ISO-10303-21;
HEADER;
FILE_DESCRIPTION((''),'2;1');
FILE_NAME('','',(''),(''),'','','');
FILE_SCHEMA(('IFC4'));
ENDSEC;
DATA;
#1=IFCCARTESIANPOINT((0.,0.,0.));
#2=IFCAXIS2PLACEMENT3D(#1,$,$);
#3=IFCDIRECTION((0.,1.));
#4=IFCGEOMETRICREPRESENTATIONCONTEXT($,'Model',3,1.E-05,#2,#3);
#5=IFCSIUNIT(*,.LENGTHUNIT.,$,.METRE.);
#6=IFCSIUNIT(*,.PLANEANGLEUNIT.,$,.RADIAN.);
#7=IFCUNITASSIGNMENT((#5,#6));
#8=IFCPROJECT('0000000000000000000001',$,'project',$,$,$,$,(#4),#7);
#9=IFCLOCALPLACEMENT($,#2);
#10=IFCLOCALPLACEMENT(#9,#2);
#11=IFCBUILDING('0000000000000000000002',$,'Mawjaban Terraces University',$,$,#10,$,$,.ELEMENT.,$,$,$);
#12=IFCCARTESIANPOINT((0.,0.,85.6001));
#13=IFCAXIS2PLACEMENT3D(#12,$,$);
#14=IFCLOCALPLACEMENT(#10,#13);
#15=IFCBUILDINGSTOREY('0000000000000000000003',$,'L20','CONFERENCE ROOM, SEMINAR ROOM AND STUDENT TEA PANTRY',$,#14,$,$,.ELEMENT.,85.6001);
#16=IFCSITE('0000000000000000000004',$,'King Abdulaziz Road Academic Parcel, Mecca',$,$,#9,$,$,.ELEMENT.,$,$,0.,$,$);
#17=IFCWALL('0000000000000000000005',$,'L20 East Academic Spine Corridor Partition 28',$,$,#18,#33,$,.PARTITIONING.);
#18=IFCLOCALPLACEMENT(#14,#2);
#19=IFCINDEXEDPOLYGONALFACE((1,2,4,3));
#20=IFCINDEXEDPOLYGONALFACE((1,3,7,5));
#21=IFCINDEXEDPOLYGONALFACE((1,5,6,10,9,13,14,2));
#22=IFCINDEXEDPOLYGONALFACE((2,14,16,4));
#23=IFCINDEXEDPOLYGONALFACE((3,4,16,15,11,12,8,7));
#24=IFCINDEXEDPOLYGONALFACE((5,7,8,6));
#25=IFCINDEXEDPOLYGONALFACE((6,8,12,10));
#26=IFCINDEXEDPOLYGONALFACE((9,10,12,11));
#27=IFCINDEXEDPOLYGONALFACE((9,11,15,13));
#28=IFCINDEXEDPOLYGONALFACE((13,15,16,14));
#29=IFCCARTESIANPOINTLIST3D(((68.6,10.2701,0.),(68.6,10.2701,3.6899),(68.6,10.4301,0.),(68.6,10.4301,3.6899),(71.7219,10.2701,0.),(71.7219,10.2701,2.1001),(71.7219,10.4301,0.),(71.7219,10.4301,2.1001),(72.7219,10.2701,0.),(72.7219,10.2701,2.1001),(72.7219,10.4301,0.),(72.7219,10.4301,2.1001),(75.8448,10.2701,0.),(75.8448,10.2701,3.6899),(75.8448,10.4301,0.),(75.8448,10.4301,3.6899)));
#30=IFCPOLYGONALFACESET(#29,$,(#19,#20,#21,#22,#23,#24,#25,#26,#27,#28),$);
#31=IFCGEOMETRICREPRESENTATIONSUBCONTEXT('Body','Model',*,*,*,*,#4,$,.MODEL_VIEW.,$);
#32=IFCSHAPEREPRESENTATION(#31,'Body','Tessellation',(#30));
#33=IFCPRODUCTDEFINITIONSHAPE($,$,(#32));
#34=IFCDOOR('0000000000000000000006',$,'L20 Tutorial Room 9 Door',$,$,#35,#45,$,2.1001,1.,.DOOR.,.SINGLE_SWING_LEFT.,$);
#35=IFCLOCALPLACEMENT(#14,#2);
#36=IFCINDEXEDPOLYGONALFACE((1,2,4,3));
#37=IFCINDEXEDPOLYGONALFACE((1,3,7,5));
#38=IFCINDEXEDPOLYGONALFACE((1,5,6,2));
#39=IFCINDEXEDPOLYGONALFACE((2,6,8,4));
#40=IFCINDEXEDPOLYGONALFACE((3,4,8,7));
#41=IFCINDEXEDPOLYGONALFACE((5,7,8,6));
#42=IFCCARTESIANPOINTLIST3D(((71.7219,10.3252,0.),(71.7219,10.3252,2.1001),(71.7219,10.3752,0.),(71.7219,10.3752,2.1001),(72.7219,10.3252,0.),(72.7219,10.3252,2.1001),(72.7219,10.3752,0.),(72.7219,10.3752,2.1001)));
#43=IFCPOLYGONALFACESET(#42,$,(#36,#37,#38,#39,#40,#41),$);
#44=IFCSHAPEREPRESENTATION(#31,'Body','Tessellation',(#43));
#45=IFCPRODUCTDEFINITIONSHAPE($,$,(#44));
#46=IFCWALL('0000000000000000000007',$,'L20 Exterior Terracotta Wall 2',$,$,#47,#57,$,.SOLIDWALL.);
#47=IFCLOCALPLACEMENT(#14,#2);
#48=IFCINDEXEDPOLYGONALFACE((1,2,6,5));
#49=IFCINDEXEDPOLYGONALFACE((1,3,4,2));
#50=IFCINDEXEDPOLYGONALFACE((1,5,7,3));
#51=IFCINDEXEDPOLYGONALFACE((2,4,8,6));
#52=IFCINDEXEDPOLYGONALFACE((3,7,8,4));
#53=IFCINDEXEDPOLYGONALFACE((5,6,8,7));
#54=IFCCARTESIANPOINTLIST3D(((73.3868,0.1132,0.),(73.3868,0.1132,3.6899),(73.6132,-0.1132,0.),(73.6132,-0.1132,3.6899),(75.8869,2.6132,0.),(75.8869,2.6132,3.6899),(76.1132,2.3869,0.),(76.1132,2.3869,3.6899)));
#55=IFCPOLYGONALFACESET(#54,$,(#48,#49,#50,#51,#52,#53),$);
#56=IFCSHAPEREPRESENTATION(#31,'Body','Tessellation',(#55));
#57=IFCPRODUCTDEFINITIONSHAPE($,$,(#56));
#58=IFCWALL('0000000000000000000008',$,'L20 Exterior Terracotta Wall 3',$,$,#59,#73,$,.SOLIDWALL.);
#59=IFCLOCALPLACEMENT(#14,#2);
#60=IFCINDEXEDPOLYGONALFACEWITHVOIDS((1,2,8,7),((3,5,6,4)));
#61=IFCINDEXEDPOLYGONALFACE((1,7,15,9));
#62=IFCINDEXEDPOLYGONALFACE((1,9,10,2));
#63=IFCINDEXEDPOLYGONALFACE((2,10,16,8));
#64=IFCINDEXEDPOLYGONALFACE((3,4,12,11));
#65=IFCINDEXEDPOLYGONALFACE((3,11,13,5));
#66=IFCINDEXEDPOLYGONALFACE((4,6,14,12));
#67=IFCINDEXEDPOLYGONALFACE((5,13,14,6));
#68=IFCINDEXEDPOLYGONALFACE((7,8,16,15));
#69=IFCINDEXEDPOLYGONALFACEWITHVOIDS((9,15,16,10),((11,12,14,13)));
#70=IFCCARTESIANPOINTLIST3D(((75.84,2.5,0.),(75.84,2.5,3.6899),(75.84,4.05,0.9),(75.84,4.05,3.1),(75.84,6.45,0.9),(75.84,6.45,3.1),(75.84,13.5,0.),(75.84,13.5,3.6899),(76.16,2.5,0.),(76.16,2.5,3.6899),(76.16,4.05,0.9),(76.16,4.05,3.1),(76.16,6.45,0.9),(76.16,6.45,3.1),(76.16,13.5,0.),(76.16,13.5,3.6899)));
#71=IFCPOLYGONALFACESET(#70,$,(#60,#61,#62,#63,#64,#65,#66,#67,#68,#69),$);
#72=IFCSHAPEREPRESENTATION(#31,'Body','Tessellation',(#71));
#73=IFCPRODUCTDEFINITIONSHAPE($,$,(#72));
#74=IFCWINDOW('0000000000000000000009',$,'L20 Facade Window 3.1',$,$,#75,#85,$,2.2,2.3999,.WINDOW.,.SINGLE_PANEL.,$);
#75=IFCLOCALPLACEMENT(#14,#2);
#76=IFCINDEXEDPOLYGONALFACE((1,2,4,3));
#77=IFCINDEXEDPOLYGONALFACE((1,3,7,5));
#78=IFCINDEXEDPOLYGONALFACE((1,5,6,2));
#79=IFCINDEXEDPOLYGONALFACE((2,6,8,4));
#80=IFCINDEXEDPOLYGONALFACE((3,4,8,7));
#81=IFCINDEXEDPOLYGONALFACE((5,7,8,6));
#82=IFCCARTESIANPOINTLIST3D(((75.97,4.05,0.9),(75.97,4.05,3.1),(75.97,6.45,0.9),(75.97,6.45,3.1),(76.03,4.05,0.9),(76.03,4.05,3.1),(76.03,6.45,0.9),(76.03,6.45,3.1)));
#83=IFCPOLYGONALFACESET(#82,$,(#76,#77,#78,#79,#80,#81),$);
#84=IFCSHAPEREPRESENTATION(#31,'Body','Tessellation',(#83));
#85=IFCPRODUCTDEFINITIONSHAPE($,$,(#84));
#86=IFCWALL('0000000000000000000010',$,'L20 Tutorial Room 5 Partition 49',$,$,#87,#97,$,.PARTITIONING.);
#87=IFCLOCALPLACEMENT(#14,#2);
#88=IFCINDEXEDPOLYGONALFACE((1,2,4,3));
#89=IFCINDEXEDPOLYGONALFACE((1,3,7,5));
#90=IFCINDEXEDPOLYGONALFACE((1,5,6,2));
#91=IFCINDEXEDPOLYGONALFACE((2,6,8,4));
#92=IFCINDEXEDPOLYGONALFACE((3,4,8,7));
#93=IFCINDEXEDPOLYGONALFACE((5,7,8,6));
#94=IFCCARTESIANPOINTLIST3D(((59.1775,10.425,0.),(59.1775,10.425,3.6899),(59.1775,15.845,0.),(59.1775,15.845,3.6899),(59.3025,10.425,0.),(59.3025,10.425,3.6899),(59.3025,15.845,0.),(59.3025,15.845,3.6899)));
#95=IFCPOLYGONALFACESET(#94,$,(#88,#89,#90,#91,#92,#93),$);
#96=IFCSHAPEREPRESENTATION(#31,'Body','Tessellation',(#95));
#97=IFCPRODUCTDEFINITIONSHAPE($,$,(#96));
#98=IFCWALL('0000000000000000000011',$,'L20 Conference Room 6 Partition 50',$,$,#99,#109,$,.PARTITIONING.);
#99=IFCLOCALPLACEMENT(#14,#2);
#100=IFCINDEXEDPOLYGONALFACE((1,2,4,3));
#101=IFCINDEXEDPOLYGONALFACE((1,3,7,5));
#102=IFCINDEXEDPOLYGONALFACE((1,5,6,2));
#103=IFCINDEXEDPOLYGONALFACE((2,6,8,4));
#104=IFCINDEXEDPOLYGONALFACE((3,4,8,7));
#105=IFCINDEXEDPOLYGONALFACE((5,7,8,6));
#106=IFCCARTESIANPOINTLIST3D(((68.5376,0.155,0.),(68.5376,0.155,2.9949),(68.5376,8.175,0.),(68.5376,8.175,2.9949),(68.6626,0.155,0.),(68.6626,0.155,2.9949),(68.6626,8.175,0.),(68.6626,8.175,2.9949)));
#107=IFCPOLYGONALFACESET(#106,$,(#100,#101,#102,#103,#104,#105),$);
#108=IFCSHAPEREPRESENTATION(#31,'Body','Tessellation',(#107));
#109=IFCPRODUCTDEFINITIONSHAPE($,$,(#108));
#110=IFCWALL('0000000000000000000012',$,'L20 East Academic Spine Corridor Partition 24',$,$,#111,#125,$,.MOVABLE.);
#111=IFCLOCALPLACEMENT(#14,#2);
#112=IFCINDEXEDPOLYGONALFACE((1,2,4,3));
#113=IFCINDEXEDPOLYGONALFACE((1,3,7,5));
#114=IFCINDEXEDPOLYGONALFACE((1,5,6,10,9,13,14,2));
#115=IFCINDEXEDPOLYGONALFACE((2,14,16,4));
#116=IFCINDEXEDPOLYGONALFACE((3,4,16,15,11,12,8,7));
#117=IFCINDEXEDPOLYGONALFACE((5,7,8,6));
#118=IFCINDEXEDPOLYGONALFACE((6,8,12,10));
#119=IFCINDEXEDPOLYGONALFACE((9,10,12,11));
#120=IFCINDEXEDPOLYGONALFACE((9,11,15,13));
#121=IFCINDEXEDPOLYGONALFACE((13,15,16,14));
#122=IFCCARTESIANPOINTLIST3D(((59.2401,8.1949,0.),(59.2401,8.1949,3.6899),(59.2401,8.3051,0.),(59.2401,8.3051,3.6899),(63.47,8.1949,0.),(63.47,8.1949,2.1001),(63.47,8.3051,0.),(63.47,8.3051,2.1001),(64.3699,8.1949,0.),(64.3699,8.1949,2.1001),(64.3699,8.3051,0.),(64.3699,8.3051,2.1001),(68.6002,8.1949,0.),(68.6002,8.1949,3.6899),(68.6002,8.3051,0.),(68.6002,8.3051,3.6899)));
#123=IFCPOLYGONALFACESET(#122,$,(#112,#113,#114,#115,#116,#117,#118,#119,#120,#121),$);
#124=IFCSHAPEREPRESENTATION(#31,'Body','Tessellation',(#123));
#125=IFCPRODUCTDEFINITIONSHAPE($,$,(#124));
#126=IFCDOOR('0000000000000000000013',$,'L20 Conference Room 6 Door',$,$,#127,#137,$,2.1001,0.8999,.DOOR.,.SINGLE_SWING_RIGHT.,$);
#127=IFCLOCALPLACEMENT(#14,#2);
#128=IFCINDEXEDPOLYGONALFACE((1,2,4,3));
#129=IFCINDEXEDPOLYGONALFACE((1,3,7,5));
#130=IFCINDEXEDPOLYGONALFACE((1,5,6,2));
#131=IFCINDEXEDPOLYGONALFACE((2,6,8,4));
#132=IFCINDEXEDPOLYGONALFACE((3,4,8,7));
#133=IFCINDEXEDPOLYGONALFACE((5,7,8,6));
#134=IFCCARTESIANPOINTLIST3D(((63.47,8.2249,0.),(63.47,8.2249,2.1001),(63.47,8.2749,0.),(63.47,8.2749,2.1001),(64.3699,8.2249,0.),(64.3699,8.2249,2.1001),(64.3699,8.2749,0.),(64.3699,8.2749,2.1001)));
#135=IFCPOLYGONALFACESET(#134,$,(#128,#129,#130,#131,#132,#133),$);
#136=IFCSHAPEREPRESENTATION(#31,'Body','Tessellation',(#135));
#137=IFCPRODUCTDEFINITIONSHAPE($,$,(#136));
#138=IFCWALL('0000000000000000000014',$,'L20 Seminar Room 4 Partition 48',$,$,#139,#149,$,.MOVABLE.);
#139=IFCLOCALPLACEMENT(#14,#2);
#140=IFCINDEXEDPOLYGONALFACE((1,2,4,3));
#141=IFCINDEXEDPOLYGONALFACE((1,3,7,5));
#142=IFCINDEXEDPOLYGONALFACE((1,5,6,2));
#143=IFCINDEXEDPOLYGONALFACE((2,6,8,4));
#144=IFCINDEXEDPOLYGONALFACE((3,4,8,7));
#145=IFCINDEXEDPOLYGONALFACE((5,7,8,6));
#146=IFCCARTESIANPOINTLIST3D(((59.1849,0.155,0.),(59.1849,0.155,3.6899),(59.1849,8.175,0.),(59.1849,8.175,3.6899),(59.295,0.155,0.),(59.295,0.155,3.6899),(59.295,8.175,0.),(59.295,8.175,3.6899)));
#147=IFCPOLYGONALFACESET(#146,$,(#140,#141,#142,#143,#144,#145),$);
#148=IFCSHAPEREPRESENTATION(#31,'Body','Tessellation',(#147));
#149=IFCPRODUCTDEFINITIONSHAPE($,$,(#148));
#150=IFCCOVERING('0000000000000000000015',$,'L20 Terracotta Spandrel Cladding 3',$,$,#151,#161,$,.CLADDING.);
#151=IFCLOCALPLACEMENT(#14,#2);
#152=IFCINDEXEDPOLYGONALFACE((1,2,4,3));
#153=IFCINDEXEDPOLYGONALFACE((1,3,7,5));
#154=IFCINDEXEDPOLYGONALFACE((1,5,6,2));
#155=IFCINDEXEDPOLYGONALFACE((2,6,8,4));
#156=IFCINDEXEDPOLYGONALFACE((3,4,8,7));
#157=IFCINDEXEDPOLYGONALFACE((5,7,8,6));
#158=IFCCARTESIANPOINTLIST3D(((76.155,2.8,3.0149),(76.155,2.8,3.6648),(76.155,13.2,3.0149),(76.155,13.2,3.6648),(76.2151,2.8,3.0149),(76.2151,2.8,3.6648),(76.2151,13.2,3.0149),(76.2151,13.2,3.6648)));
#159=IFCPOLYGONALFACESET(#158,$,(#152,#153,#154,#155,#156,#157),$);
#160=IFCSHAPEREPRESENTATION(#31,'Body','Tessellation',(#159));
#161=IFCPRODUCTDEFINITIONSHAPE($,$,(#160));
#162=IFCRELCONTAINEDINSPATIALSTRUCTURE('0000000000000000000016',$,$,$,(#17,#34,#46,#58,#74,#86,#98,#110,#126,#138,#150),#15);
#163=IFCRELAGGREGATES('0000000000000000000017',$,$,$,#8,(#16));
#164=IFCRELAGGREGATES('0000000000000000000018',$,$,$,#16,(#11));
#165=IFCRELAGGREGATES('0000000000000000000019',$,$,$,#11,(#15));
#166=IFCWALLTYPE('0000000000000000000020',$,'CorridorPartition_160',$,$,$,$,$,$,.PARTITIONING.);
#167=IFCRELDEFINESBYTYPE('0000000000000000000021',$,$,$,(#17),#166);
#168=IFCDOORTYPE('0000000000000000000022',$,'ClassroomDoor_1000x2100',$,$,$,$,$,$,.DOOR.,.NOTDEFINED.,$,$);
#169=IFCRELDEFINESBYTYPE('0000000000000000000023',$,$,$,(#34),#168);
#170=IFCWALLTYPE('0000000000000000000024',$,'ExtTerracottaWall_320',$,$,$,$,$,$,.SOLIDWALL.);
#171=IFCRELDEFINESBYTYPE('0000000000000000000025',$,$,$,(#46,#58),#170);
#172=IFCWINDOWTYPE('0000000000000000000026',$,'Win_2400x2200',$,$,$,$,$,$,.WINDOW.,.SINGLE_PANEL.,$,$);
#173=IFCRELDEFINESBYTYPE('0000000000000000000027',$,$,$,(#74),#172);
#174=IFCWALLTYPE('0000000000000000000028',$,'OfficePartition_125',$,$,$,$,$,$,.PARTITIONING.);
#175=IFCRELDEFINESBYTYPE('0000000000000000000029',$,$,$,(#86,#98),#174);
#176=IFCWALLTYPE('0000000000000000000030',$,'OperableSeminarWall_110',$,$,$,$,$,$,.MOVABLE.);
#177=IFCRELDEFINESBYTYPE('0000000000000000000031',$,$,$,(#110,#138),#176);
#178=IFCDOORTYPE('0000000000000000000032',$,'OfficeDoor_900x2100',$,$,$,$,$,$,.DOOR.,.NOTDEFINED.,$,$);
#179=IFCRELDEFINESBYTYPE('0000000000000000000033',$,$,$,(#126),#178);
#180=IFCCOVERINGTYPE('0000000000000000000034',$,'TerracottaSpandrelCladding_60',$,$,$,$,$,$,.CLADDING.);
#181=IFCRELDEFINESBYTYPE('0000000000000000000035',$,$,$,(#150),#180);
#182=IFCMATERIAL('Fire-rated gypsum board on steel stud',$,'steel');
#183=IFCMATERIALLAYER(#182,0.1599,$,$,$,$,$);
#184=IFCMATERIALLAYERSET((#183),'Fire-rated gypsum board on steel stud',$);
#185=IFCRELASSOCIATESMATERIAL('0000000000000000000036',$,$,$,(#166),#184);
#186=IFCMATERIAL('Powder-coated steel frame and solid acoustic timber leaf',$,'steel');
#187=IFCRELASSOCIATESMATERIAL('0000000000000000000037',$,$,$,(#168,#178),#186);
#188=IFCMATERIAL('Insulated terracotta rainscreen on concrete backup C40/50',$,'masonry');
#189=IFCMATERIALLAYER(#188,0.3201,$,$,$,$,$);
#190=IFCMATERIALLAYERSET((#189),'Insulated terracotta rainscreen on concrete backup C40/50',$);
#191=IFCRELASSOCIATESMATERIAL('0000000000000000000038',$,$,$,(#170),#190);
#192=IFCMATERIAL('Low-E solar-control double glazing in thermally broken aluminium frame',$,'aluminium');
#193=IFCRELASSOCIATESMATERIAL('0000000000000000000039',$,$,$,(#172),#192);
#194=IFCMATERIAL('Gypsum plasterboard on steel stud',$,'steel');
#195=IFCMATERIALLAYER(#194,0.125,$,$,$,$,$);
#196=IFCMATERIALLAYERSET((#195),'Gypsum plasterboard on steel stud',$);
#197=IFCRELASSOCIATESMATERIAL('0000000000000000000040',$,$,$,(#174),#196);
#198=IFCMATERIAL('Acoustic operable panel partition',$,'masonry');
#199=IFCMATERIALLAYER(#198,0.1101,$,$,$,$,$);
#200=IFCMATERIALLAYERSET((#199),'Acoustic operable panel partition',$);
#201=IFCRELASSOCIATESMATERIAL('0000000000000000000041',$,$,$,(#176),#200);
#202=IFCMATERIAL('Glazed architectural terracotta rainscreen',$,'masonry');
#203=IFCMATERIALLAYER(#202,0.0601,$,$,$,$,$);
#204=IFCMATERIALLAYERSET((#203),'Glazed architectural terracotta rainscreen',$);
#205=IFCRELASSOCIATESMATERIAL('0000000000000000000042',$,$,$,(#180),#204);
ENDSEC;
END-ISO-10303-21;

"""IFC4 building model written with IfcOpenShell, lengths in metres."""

from ifc_helpers import new_model, si_unit, direction, frame, frame_2d, origin, origin_2d, place, context, subcontext, project, spatial, rectangle, extrude, material, layer, layer_set, type_object, element, fill, save


model = new_model("IFC4")

# Units and contexts
model_context = context("Model", 3, precision=1e-05, world=origin(), true_north=direction((0.0, 1.0)))
body_context = subcontext(model_context, "Body", "Model", "MODEL_VIEW")
ifc_project = project(units=[si_unit("LENGTHUNIT", "METRE"), si_unit("PLANEANGLEUNIT", "RADIAN")], contexts=[model_context])

# Site, building, storey
site_placement = place(None, origin())
site = spatial("IfcSite", under=ifc_project, at=site_placement, Name="King Abdulaziz Road Academic Parcel, Mecca", CompositionType="ELEMENT", RefElevation=0.0)
building_placement = place(site_placement, origin())
building = spatial("IfcBuilding", under=site, at=building_placement, Name="Mawjaban Terraces University", CompositionType="ELEMENT")
storey_placement = place(building_placement, frame((0.0, 0.0, 85.6001)))
storey = spatial("IfcBuildingStorey", under=building, at=storey_placement, Name="L20", Description="CONFERENCE ROOM, SEMINAR ROOM AND STUDENT TEA PANTRY", CompositionType="ELEMENT", Elevation=85.6001)

# Wall, opening, door
ifc_material_1 = material(Name="Fire-rated gypsum board on steel stud", Category="steel")
ifc_layer_1 = layer(ifc_material_1, 0.1599)
ifc_layer_set_1 = layer_set([ifc_layer_1], Name="Fire-rated gypsum board on steel stud")
wall_type_1 = type_object("IfcWallType", Name="CorridorPartition_160", PredefinedType="PARTITIONING", material=ifc_layer_set_1)
ifc_material_2 = material(Name="Powder-coated steel frame and solid acoustic timber leaf", Category="steel")
door_type_1 = type_object("IfcDoorType", Name="ClassroomDoor_1000x2100", OperationType="NOTDEFINED", PredefinedType="DOOR", material=ifc_material_2)
door_type_2 = type_object("IfcDoorType", Name="OfficeDoor_900x2100", OperationType="NOTDEFINED", PredefinedType="DOOR", material=ifc_material_2)
wall_1_placement = place(storey_placement, frame((75.845, 10.3501, 0.0), z_axis=(0.0, 0.0, 1.0), x_axis=(-1.0, 0.0, 0.0)))
wall_1 = element("IfcWall", 1, at=wall_1_placement, inside=storey, type_object=wall_type_1, Name="L20 East Academic Spine Corridor Partition 28", PredefinedType="PARTITIONING", context=body_context, shape_type="SweptSolid", body=[
    extrude(rectangle(XDim=7.2449, YDim=0.1599, at=frame_2d((3.6226, 0.0))), origin(), (0.0, 0.0, 1.0), 3.6899),
])
opening_1_placement = place(wall_1_placement, frame((3.123, 0.0, 0.0)))
opening_1 = element("IfcOpeningElement", 2, at=opening_1_placement, cuts=wall_1, PredefinedType="OPENING", context=body_context, shape_type="SweptSolid", body=[
    extrude(rectangle(XDim=1.0, YDim=2.1001, at=frame_2d((0.5, 1.05))), frame((0.0, 0.0898, 0.0), z_axis=(0.0, -1.0, 0.0), x_axis=(1.0, 0.0, 0.0)), (0.0, 0.0, 1.0), 0.1799),
])
door_1_placement = place(opening_1_placement, origin())
door_1 = element("IfcDoor", 3, at=door_1_placement, inside=storey, type_object=door_type_1, Name="L20 Tutorial Room 9 Door", OperationType="SINGLE_SWING_LEFT", OverallHeight=2.1001, OverallWidth=1.0, PredefinedType="DOOR", context=body_context, shape_type="SweptSolid", body=[
    extrude(rectangle(XDim=1.0, YDim=2.1001, at=frame_2d((0.5, 1.05))), frame((0.0, 0.0249, 0.0), z_axis=(0.0, -1.0, 0.0), x_axis=(1.0, 0.0, 0.0)), (0.0, 0.0, 1.0), 0.05),
])
fill(opening_1, door_1)

# Wall
ifc_material_3 = material(Name="Insulated terracotta rainscreen on concrete backup C40/50", Category="masonry")
ifc_layer_2 = layer(ifc_material_3, 0.3201)
ifc_layer_set_2 = layer_set([ifc_layer_2], Name="Insulated terracotta rainscreen on concrete backup C40/50")
wall_type_2 = type_object("IfcWallType", Name="ExtTerracottaWall_320", PredefinedType="SOLIDWALL", material=ifc_layer_set_2)
wall_2_placement = place(storey_placement, frame((73.5, 0.0, 0.0), z_axis=(0.0, 0.0, 1.0), x_axis=(0.707107, 0.707107, 0.0)))
element("IfcWall", 4, at=wall_2_placement, inside=storey, type_object=wall_type_2, Name="L20 Exterior Terracotta Wall 2", PredefinedType="SOLIDWALL", context=body_context, shape_type="SweptSolid", body=[
    extrude(rectangle(XDim=3.5356, YDim=0.3201, at=frame_2d((1.7678, 0.0))), origin(), (0.0, 0.0, 1.0), 3.6899),
])

# Wall, opening, window
wall_3_placement = place(storey_placement, frame((76.0, 2.5, 0.0), z_axis=(0.0, 0.0, 1.0), x_axis=(0.0, 1.0, 0.0)))
wall_3 = element("IfcWall", 5, at=wall_3_placement, inside=storey, type_object=wall_type_2, Name="L20 Exterior Terracotta Wall 3", PredefinedType="SOLIDWALL", context=body_context, shape_type="SweptSolid", body=[
    extrude(rectangle(XDim=11.0, YDim=0.3201, at=frame_2d((5.5, 0.0))), origin(), (0.0, 0.0, 1.0), 3.6899),
])
opening_2_placement = place(wall_3_placement, frame((1.55, 0.0, 0.8999)))
opening_2 = element("IfcOpeningElement", 6, at=opening_2_placement, cuts=wall_3, PredefinedType="OPENING", context=body_context, shape_type="SweptSolid", body=[
    extrude(rectangle(XDim=2.3999, YDim=2.2, at=frame_2d((1.2, 1.1001))), frame((0.0, 0.1699, 0.0), z_axis=(0.0, -1.0, 0.0), x_axis=(1.0, 0.0, 0.0)), (0.0, 0.0, 1.0), 0.3401),
])
ifc_material_4 = material(Name="Low-E solar-control double glazing in thermally broken aluminium frame", Category="aluminium")
window_type = type_object("IfcWindowType", Name="Win_2400x2200", PartitioningType="SINGLE_PANEL", PredefinedType="WINDOW", material=ifc_material_4)
window_placement = place(opening_2_placement, origin())
window = element("IfcWindow", 7, at=window_placement, inside=storey, type_object=window_type, Name="L20 Facade Window 3.1", OverallHeight=2.2, OverallWidth=2.3999, PartitioningType="SINGLE_PANEL", PredefinedType="WINDOW", context=body_context, shape_type="SweptSolid", body=[
    extrude(rectangle(XDim=2.3999, YDim=2.2, at=frame_2d((1.2, 1.1001))), frame((0.0, 0.03, 0.0), z_axis=(0.0, -1.0, 0.0), x_axis=(1.0, 0.0, 0.0)), (0.0, 0.0, 1.0), 0.0601),
])
fill(opening_2, window)

# Walls
ifc_material_5 = material(Name="Gypsum plasterboard on steel stud", Category="steel")
ifc_layer_3 = layer(ifc_material_5, 0.125)
ifc_layer_set_3 = layer_set([ifc_layer_3], Name="Gypsum plasterboard on steel stud")
wall_type_3 = type_object("IfcWallType", Name="OfficePartition_125", PredefinedType="PARTITIONING", material=ifc_layer_set_3)
wall_4_placement = place(storey_placement, frame((59.24, 10.425, 0.0), z_axis=(0.0, 0.0, 1.0), x_axis=(0.0, 1.0, 0.0)))
element("IfcWall", 8, at=wall_4_placement, inside=storey, type_object=wall_type_3, Name="L20 Tutorial Room 5 Partition 49", PredefinedType="PARTITIONING", context=body_context, shape_type="SweptSolid", body=[
    extrude(rectangle(XDim=5.4199, YDim=0.125, at=frame_2d((2.71, 0.0))), origin(), (0.0, 0.0, 1.0), 3.6899),
])
wall_5_placement = place(storey_placement, frame((68.6001, 0.155, 0.0), z_axis=(0.0, 0.0, 1.0), x_axis=(0.0, 1.0, 0.0)))
element("IfcWall", 9, at=wall_5_placement, inside=storey, type_object=wall_type_3, Name="L20 Conference Room 6 Partition 50", PredefinedType="PARTITIONING", context=body_context, shape_type="SweptSolid", body=[
    extrude(rectangle(XDim=8.02, YDim=0.125, at=frame_2d((4.01, 0.0))), origin(), (0.0, 0.0, 1.0), 2.9949),
])

# Wall, opening, door
ifc_material_6 = material(Name="Acoustic operable panel partition", Category="masonry")
ifc_layer_4 = layer(ifc_material_6, 0.1101)
ifc_layer_set_4 = layer_set([ifc_layer_4], Name="Acoustic operable panel partition")
wall_type_4 = type_object("IfcWallType", Name="OperableSeminarWall_110", PredefinedType="MOVABLE", material=ifc_layer_set_4)
wall_6_placement = place(storey_placement, frame((59.24, 8.25, 0.0), z_axis=(0.0, 0.0, 1.0), x_axis=(1.0, 0.0, 0.0)))
wall_6 = element("IfcWall", 10, at=wall_6_placement, inside=storey, type_object=wall_type_4, Name="L20 East Academic Spine Corridor Partition 24", PredefinedType="MOVABLE", context=body_context, shape_type="SweptSolid", body=[
    extrude(rectangle(XDim=9.3601, YDim=0.1101, at=frame_2d((4.6802, 0.0))), origin(), (0.0, 0.0, 1.0), 3.6899),
])
opening_3_placement = place(wall_6_placement, frame((4.23, 0.0, 0.0)))
opening_3 = element("IfcOpeningElement", 11, at=opening_3_placement, cuts=wall_6, PredefinedType="OPENING", context=body_context, shape_type="SweptSolid", body=[
    extrude(rectangle(XDim=0.8999, YDim=2.1001, at=frame_2d((0.45, 1.05))), frame((0.0, 0.0649, 0.0), z_axis=(0.0, -1.0, 0.0), x_axis=(1.0, 0.0, 0.0)), (0.0, 0.0, 1.0), 0.1301),
])
door_2_placement = place(opening_3_placement, origin())
door_2 = element("IfcDoor", 12, at=door_2_placement, inside=storey, type_object=door_type_2, Name="L20 Conference Room 6 Door", OperationType="SINGLE_SWING_RIGHT", OverallHeight=2.1001, OverallWidth=0.8999, PredefinedType="DOOR", context=body_context, shape_type="SweptSolid", body=[
    extrude(rectangle(XDim=0.8999, YDim=2.1001, at=frame_2d((0.45, 1.05))), frame((0.0, 0.0249, 0.0), z_axis=(0.0, -1.0, 0.0), x_axis=(1.0, 0.0, 0.0)), (0.0, 0.0, 1.0), 0.05),
])
fill(opening_3, door_2)

# Wall
wall_7_placement = place(storey_placement, frame((59.24, 0.155, 0.0), z_axis=(0.0, 0.0, 1.0), x_axis=(0.0, 1.0, 0.0)))
element("IfcWall", 13, at=wall_7_placement, inside=storey, type_object=wall_type_4, Name="L20 Seminar Room 4 Partition 48", PredefinedType="MOVABLE", context=body_context, shape_type="SweptSolid", body=[
    extrude(rectangle(XDim=8.02, YDim=0.1101, at=frame_2d((4.01, 0.0))), origin(), (0.0, 0.0, 1.0), 3.6899),
])

# Covering
ifc_material_7 = material(Name="Glazed architectural terracotta rainscreen", Category="masonry")
ifc_layer_5 = layer(ifc_material_7, 0.0601)
ifc_layer_set_5 = layer_set([ifc_layer_5], Name="Glazed architectural terracotta rainscreen")
covering_type = type_object("IfcCoveringType", Name="TerracottaSpandrelCladding_60", PredefinedType="CLADDING", material=ifc_layer_set_5)
covering_placement = place(storey_placement, frame((76.1851, 8.0, 3.0149), z_axis=(0.0, 0.0, 1.0), x_axis=(0.0, 1.0, 0.0)))
element("IfcCovering", 14, at=covering_placement, inside=storey, type_object=covering_type, Name="L20 Terracotta Spandrel Cladding 3", PredefinedType="CLADDING", context=body_context, shape_type="SweptSolid", body=[
    extrude(rectangle(XDim=10.3999, YDim=0.0601, at=origin_2d()), origin(), (0.0, 0.0, 1.0), 0.6499),
])

save(model, "model.ifc")
